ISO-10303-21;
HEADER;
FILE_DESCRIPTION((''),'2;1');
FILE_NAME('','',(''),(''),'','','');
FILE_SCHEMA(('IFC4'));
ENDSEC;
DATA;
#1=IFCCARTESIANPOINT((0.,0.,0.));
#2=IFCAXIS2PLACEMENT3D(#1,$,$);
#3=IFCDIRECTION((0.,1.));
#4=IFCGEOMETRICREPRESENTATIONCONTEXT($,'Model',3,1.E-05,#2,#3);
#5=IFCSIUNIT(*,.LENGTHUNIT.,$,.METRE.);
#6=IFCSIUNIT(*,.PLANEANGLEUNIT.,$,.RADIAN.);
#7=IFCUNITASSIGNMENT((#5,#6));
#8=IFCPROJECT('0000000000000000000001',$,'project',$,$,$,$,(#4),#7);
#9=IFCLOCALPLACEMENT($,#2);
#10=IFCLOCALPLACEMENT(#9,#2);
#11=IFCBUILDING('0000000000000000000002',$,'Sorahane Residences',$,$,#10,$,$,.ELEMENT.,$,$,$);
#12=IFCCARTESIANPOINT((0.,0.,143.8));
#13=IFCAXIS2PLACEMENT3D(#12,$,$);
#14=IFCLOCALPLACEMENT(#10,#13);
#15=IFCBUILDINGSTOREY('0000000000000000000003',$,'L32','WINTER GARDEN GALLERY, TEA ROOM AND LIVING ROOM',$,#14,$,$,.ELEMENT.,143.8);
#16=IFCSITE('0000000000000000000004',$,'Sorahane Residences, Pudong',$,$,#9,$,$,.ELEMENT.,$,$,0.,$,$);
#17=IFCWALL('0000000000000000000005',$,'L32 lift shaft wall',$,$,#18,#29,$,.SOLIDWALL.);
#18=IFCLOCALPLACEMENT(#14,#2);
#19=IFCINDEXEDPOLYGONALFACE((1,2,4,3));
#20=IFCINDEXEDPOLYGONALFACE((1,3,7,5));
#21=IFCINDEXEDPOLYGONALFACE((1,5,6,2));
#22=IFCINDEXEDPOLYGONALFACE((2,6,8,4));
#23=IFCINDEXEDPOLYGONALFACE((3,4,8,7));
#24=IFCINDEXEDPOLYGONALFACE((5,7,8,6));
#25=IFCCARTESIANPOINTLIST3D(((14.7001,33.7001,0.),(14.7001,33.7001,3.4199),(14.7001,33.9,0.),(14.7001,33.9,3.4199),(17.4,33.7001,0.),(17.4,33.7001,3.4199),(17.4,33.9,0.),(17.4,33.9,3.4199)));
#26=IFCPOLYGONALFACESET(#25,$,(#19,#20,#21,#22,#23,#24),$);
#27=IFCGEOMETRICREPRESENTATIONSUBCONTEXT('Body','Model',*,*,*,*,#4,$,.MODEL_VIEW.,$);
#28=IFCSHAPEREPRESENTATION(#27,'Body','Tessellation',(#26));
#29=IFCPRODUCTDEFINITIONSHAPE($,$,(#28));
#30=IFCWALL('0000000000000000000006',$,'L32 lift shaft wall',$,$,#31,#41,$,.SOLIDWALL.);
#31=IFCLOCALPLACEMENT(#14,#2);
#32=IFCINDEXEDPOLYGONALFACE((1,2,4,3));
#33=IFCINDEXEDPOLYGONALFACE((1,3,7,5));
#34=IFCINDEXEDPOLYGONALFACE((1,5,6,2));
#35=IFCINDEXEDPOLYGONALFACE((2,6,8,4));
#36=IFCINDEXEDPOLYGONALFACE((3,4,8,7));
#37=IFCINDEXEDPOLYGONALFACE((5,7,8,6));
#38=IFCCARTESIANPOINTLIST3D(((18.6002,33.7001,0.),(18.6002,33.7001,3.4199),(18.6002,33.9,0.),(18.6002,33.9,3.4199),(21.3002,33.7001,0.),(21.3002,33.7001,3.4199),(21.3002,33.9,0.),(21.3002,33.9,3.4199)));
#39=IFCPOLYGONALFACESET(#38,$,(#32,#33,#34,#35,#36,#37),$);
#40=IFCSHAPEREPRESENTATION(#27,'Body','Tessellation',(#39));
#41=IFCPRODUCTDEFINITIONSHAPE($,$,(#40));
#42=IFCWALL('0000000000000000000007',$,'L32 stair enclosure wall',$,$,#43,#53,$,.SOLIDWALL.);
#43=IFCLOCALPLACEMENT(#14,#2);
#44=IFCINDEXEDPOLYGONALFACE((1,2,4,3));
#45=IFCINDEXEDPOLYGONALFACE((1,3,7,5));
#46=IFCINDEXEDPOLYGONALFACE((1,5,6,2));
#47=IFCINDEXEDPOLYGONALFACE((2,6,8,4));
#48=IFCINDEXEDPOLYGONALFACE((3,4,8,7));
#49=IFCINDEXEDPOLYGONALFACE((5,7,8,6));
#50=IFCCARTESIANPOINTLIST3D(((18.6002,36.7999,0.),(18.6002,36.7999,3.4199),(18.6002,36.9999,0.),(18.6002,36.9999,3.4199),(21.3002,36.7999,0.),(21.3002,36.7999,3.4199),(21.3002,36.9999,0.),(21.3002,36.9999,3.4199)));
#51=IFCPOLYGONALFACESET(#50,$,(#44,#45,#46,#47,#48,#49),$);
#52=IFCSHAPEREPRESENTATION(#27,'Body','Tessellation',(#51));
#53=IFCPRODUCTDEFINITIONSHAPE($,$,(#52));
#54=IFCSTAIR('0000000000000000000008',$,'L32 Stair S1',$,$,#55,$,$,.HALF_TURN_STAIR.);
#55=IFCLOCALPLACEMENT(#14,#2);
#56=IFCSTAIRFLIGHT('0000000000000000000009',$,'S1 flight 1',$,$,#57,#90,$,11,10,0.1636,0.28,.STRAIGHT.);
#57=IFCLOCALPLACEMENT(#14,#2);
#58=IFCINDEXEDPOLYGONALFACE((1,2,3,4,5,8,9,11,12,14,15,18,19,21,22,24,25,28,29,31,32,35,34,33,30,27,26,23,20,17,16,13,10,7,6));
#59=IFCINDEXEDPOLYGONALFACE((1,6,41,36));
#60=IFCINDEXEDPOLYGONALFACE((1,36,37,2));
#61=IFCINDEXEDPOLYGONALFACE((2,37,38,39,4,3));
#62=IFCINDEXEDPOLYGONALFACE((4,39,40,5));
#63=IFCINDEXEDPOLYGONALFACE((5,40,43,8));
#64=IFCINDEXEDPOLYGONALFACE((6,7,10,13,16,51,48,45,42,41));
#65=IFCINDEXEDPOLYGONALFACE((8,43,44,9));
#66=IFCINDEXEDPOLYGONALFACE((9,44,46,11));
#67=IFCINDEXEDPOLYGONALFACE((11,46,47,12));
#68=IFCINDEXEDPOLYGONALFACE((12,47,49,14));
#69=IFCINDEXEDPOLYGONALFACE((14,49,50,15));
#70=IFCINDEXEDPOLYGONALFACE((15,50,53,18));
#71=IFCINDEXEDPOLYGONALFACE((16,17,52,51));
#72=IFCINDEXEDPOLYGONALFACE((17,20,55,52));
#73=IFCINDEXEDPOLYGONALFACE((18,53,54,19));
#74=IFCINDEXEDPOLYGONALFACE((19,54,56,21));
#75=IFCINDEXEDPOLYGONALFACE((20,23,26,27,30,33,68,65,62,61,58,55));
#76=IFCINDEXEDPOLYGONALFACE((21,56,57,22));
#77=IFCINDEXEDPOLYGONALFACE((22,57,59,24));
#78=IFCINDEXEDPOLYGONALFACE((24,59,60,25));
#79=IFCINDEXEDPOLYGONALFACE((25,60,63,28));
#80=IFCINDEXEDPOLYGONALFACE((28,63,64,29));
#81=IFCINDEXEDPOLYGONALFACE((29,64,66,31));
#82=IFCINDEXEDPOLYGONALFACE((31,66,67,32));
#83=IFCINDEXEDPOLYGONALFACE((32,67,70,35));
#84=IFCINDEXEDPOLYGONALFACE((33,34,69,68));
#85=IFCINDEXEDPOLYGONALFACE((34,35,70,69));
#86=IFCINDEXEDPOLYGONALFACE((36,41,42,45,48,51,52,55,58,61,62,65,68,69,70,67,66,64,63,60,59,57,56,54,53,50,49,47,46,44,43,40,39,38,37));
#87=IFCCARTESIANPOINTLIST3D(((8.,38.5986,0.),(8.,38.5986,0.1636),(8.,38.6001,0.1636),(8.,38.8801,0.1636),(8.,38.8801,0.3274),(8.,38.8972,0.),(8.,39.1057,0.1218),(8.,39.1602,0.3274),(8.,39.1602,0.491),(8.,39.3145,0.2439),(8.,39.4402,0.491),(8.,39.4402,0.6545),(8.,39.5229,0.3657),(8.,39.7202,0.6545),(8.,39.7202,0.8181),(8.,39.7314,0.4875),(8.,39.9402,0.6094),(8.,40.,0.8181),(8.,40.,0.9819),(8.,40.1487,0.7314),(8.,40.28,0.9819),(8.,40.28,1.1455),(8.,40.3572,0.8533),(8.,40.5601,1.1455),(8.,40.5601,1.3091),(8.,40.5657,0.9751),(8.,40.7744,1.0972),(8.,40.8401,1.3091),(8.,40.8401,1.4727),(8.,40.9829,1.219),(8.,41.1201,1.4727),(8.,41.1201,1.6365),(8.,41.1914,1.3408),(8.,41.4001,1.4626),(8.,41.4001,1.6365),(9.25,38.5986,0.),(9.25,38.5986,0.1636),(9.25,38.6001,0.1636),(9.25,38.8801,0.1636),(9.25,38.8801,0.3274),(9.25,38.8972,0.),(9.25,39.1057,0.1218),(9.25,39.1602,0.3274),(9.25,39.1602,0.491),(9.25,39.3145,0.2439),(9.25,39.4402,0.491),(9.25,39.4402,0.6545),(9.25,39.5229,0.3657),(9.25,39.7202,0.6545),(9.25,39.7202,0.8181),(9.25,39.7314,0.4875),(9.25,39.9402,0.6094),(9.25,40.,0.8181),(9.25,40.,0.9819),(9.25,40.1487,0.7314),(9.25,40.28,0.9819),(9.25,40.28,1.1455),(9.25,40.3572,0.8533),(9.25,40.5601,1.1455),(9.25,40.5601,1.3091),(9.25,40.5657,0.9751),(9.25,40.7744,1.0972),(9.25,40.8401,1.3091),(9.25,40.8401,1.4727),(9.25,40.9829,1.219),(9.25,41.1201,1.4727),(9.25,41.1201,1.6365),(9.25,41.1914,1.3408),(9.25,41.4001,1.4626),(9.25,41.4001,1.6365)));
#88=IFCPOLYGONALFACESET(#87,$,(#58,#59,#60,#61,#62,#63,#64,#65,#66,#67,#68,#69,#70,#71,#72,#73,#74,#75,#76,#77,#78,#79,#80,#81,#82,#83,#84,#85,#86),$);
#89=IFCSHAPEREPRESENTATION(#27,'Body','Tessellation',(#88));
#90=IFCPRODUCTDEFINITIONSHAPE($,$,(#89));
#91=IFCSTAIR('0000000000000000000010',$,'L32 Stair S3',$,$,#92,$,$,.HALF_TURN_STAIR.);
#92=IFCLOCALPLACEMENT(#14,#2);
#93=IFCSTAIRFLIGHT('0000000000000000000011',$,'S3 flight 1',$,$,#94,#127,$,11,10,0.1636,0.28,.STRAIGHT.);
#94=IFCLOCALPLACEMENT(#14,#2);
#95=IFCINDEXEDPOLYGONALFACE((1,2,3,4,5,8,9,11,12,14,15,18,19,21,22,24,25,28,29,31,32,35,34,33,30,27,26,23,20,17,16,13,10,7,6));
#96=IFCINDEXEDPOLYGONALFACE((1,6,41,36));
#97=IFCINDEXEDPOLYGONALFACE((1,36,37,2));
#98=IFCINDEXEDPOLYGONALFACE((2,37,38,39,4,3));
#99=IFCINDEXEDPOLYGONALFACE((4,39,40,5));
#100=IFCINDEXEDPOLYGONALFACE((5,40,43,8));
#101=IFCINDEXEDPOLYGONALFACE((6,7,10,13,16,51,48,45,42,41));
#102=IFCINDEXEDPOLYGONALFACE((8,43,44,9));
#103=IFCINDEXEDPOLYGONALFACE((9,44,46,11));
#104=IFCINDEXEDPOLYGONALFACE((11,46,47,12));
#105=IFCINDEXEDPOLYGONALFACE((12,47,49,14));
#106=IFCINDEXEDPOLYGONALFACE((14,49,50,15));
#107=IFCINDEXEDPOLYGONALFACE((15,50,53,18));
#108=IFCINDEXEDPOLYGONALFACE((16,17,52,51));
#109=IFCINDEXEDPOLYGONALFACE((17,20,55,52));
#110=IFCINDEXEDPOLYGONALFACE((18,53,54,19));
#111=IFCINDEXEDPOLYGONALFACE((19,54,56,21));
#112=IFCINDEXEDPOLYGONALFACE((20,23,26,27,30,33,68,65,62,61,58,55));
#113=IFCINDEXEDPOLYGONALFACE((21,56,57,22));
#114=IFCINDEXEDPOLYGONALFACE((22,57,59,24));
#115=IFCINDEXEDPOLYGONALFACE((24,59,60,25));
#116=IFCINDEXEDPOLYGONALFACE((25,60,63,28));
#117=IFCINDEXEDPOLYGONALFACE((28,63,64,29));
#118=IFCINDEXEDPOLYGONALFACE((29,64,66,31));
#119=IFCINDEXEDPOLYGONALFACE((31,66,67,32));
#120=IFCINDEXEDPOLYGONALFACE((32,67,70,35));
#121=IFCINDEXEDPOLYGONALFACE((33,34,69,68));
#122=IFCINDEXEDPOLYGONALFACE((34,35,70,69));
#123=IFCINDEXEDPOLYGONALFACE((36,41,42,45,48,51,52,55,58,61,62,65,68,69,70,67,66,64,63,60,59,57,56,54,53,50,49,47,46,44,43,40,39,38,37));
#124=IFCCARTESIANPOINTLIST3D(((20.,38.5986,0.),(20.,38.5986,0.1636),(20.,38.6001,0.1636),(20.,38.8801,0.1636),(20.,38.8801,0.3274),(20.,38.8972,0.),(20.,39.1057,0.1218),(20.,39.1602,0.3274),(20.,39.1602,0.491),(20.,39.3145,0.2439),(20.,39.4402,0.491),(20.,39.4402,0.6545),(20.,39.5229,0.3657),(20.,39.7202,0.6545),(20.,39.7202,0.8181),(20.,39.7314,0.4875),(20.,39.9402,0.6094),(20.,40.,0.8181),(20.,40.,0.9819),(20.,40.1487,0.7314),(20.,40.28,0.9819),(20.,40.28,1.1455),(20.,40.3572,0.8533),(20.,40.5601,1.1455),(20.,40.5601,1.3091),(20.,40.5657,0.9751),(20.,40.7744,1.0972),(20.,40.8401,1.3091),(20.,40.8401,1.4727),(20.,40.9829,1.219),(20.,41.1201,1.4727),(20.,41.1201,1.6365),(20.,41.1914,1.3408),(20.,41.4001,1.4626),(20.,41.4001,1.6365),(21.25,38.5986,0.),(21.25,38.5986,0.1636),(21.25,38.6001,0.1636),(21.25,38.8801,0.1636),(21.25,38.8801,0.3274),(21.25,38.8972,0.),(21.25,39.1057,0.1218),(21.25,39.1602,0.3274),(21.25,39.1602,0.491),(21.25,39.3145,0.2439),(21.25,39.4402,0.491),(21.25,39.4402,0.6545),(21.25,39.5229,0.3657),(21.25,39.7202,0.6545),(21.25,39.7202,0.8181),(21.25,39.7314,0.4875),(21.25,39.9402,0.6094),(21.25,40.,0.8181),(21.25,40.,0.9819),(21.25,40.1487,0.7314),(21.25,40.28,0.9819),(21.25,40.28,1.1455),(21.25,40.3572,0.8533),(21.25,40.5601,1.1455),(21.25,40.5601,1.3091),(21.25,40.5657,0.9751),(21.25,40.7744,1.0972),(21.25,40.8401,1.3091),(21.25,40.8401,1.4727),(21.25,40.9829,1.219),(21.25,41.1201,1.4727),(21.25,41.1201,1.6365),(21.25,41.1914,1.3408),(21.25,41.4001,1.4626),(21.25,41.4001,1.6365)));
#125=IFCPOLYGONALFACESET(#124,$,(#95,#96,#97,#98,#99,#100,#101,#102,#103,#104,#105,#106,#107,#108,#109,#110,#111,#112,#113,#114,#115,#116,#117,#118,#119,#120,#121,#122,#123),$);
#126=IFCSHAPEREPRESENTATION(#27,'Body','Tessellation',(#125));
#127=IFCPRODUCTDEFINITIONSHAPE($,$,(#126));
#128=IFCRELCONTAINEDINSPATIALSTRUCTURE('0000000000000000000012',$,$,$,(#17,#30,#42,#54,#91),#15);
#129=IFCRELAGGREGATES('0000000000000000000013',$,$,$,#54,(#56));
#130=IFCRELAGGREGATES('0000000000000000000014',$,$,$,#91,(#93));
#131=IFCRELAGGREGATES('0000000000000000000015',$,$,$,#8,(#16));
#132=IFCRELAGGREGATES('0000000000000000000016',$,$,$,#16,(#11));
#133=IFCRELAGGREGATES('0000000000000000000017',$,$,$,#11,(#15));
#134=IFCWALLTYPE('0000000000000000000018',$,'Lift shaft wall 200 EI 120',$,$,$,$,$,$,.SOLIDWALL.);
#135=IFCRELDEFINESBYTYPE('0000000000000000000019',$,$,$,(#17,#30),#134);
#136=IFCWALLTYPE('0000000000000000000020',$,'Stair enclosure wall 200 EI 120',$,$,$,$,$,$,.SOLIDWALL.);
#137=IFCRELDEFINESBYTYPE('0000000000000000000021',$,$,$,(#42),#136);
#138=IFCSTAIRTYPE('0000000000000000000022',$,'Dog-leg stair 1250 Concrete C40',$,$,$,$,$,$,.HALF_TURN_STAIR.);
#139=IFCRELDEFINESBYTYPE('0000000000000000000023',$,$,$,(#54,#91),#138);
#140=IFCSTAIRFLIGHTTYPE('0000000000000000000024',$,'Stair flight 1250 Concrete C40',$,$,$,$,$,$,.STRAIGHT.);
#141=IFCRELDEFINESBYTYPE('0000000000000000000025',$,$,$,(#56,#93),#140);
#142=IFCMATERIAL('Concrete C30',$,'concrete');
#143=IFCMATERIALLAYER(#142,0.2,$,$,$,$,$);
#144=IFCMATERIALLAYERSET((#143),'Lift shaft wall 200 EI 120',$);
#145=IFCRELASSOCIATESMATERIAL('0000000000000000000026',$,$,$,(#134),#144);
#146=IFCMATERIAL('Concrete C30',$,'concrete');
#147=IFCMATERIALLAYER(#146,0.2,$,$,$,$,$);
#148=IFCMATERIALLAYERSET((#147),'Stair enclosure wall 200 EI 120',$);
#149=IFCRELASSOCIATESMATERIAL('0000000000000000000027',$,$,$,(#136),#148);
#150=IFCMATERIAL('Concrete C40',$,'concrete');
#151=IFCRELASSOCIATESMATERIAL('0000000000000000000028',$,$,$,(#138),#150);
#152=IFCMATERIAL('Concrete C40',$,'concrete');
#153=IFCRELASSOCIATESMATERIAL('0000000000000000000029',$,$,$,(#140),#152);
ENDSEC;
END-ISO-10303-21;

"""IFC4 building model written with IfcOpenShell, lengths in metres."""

from ifc_helpers import new_model, si_unit, direction, frame, frame_2d, origin, place, context, subcontext, project, spatial, polyline, rectangle, outline, extrude, material, layer, layer_set, type_object, element, aggregate, save


model = new_model("IFC4")

# Units and contexts
model_context = context("Model", 3, precision=1e-05, world=origin(), true_north=direction((0.0, 1.0)))
body_context = subcontext(model_context, "Body", "Model", "MODEL_VIEW")
ifc_project = project(units=[si_unit("LENGTHUNIT", "METRE"), si_unit("PLANEANGLEUNIT", "RADIAN")], contexts=[model_context])

# Site, building, storey
site_placement = place(None, origin())
site = spatial("IfcSite", under=ifc_project, at=site_placement, Name="Sorahane Residences, Pudong", CompositionType="ELEMENT", RefElevation=0.0)
building_placement = place(site_placement, origin())
building = spatial("IfcBuilding", under=site, at=building_placement, Name="Sorahane Residences", CompositionType="ELEMENT")
storey_placement = place(building_placement, frame((0.0, 0.0, 143.8)))
storey = spatial("IfcBuildingStorey", under=building, at=storey_placement, Name="L32", Description="WINTER GARDEN GALLERY, TEA ROOM AND LIVING ROOM", CompositionType="ELEMENT", Elevation=143.8)

# Walls
ifc_material_1 = material(Name="Concrete C30", Category="concrete")
ifc_layer_1 = layer(ifc_material_1, 0.2)
ifc_layer_set_1 = layer_set([ifc_layer_1], Name="Lift shaft wall 200 EI 120")
wall_type_1 = type_object("IfcWallType", Name="Lift shaft wall 200 EI 120", PredefinedType="SOLIDWALL", material=ifc_layer_set_1)
for number, where, z_axis, x_axis, name in (
    (1, (14.7, 33.8, 0.0), (0.0, 0.0, 1.0), (1.0, 0.0, 0.0), "L32 lift shaft wall"),
    (2, (18.6001, 33.8, 0.0), (0.0, 0.0, 1.0), (1.0, 0.0, 0.0), "L32 lift shaft wall"),
):
    element("IfcWall", number, at=place(storey_placement, frame(where, z_axis=z_axis, x_axis=x_axis)), inside=storey, type_object=wall_type_1, Name=name, PredefinedType="SOLIDWALL", context=body_context, shape_type="SweptSolid", body=[
        extrude(rectangle(XDim=2.7, YDim=0.2, at=frame_2d((1.3501, 0.0))), origin(), (0.0, 0.0, 1.0), 3.4199),
    ])
ifc_material_2 = material(Name="Concrete C30", Category="concrete")
ifc_layer_2 = layer(ifc_material_2, 0.2)
ifc_layer_set_2 = layer_set([ifc_layer_2], Name="Stair enclosure wall 200 EI 120")
wall_type_2 = type_object("IfcWallType", Name="Stair enclosure wall 200 EI 120", PredefinedType="SOLIDWALL", material=ifc_layer_set_2)
wall_placement = place(storey_placement, frame((18.6001, 36.8999, 0.0), z_axis=(0.0, 0.0, 1.0), x_axis=(1.0, 0.0, 0.0)))
element("IfcWall", 3, at=wall_placement, inside=storey, type_object=wall_type_2, Name="L32 stair enclosure wall", PredefinedType="SOLIDWALL", context=body_context, shape_type="SweptSolid", body=[
    extrude(rectangle(XDim=2.7, YDim=0.2, at=frame_2d((1.3501, 0.0))), origin(), (0.0, 0.0, 1.0), 3.4199),
])

# Stairs, stair flights
ifc_material_3 = material(Name="Concrete C40", Category="concrete")
stair_type = type_object("IfcStairType", Name="Dog-leg stair 1250 Concrete C40", PredefinedType="HALF_TURN_STAIR", material=ifc_material_3)
stair_1_placement = place(storey_placement, origin())
stair_1 = element("IfcStair", 4, at=stair_1_placement, inside=storey, type_object=stair_type, Name="L32 Stair S1", PredefinedType="HALF_TURN_STAIR")
ifc_material_4 = material(Name="Concrete C40", Category="concrete")
stair_flight_type = type_object("IfcStairFlightType", Name="Stair flight 1250 Concrete C40", PredefinedType="STRAIGHT", material=ifc_material_4)
stair_flight_1_placement = place(storey_placement, frame((8.625, 38.6001, 0.0), z_axis=(0.0, 0.0, 1.0), x_axis=(0.0, 1.0, 0.0)))
stair_flight_1 = element("IfcStairFlight", 5, at=stair_flight_1_placement, type_object=stair_flight_type, Name="S1 flight 1", NumberOfRisers=11, NumberOfTreads=10, PredefinedType="STRAIGHT", RiserHeight=0.1636, TreadLength=0.28, context=body_context, shape_type="SweptSolid", body=[
    extrude(outline(polyline([(-0.0015, 0.0), (-0.0015, 0.1636), (0.0, 0.1636), (0.28, 0.1636), (0.28, 0.3274), (0.5601, 0.3274), (0.5601, 0.491), (0.8401, 0.491), (0.8401, 0.6545), (1.1201, 0.6545), (1.1201, 0.8181), (1.3999, 0.8181), (1.3999, 0.9819), (1.6799, 0.9819), (1.6799, 1.1455), (1.96, 1.1455), (1.96, 1.3091), (2.24, 1.3091), (2.24, 1.4727), (2.52, 1.4727), (2.52, 1.6365), (2.8, 1.6365), (2.8, 1.8), (2.8, 1.4626), (2.5913, 1.3408), (2.3828, 1.219), (2.1743, 1.0972), (1.9656, 0.9751), (1.7571, 0.8533), (1.5486, 0.7314), (1.3401, 0.6094), (1.1313, 0.4875), (0.9229, 0.3657), (0.7144, 0.2439), (0.5056, 0.1218), (0.2971, 0.0), (-0.0015, 0.0)])), frame((0.0, 0.625, 0.0), z_axis=(0.0, -1.0, 0.0), x_axis=(1.0, 0.0, 0.0)), (0.0, 0.0, 1.0), 1.25),
])
aggregate(stair_1, [stair_flight_1])
stair_2_placement = place(storey_placement, origin())
stair_2 = element("IfcStair", 6, at=stair_2_placement, inside=storey, type_object=stair_type, Name="L32 Stair S3", PredefinedType="HALF_TURN_STAIR")
stair_flight_2_placement = place(storey_placement, frame((20.625, 38.6001, 0.0), z_axis=(0.0, 0.0, 1.0), x_axis=(0.0, 1.0, 0.0)))
stair_flight_2 = element("IfcStairFlight", 7, at=stair_flight_2_placement, type_object=stair_flight_type, Name="S3 flight 1", NumberOfRisers=11, NumberOfTreads=10, PredefinedType="STRAIGHT", RiserHeight=0.1636, TreadLength=0.28, context=body_context, shape_type="SweptSolid", body=[
    extrude(outline(polyline([(-0.0015, 0.0), (-0.0015, 0.1636), (0.0, 0.1636), (0.28, 0.1636), (0.28, 0.3274), (0.5601, 0.3274), (0.5601, 0.491), (0.8401, 0.491), (0.8401, 0.6545), (1.1201, 0.6545), (1.1201, 0.8181), (1.3999, 0.8181), (1.3999, 0.9819), (1.6799, 0.9819), (1.6799, 1.1455), (1.96, 1.1455), (1.96, 1.3091), (2.24, 1.3091), (2.24, 1.4727), (2.52, 1.4727), (2.52, 1.6365), (2.8, 1.6365), (2.8, 1.8), (2.8, 1.4626), (2.5913, 1.3408), (2.3828, 1.219), (2.1743, 1.0972), (1.9656, 0.9751), (1.7571, 0.8533), (1.5486, 0.7314), (1.3401, 0.6094), (1.1313, 0.4875), (0.9229, 0.3657), (0.7144, 0.2439), (0.5056, 0.1218), (0.2971, 0.0), (-0.0015, 0.0)])), frame((0.0, 0.625, 0.0), z_axis=(0.0, -1.0, 0.0), x_axis=(1.0, 0.0, 0.0)), (0.0, 0.0, 1.0), 1.25),
])
aggregate(stair_2, [stair_flight_2])

save(model, "model.ifc")
